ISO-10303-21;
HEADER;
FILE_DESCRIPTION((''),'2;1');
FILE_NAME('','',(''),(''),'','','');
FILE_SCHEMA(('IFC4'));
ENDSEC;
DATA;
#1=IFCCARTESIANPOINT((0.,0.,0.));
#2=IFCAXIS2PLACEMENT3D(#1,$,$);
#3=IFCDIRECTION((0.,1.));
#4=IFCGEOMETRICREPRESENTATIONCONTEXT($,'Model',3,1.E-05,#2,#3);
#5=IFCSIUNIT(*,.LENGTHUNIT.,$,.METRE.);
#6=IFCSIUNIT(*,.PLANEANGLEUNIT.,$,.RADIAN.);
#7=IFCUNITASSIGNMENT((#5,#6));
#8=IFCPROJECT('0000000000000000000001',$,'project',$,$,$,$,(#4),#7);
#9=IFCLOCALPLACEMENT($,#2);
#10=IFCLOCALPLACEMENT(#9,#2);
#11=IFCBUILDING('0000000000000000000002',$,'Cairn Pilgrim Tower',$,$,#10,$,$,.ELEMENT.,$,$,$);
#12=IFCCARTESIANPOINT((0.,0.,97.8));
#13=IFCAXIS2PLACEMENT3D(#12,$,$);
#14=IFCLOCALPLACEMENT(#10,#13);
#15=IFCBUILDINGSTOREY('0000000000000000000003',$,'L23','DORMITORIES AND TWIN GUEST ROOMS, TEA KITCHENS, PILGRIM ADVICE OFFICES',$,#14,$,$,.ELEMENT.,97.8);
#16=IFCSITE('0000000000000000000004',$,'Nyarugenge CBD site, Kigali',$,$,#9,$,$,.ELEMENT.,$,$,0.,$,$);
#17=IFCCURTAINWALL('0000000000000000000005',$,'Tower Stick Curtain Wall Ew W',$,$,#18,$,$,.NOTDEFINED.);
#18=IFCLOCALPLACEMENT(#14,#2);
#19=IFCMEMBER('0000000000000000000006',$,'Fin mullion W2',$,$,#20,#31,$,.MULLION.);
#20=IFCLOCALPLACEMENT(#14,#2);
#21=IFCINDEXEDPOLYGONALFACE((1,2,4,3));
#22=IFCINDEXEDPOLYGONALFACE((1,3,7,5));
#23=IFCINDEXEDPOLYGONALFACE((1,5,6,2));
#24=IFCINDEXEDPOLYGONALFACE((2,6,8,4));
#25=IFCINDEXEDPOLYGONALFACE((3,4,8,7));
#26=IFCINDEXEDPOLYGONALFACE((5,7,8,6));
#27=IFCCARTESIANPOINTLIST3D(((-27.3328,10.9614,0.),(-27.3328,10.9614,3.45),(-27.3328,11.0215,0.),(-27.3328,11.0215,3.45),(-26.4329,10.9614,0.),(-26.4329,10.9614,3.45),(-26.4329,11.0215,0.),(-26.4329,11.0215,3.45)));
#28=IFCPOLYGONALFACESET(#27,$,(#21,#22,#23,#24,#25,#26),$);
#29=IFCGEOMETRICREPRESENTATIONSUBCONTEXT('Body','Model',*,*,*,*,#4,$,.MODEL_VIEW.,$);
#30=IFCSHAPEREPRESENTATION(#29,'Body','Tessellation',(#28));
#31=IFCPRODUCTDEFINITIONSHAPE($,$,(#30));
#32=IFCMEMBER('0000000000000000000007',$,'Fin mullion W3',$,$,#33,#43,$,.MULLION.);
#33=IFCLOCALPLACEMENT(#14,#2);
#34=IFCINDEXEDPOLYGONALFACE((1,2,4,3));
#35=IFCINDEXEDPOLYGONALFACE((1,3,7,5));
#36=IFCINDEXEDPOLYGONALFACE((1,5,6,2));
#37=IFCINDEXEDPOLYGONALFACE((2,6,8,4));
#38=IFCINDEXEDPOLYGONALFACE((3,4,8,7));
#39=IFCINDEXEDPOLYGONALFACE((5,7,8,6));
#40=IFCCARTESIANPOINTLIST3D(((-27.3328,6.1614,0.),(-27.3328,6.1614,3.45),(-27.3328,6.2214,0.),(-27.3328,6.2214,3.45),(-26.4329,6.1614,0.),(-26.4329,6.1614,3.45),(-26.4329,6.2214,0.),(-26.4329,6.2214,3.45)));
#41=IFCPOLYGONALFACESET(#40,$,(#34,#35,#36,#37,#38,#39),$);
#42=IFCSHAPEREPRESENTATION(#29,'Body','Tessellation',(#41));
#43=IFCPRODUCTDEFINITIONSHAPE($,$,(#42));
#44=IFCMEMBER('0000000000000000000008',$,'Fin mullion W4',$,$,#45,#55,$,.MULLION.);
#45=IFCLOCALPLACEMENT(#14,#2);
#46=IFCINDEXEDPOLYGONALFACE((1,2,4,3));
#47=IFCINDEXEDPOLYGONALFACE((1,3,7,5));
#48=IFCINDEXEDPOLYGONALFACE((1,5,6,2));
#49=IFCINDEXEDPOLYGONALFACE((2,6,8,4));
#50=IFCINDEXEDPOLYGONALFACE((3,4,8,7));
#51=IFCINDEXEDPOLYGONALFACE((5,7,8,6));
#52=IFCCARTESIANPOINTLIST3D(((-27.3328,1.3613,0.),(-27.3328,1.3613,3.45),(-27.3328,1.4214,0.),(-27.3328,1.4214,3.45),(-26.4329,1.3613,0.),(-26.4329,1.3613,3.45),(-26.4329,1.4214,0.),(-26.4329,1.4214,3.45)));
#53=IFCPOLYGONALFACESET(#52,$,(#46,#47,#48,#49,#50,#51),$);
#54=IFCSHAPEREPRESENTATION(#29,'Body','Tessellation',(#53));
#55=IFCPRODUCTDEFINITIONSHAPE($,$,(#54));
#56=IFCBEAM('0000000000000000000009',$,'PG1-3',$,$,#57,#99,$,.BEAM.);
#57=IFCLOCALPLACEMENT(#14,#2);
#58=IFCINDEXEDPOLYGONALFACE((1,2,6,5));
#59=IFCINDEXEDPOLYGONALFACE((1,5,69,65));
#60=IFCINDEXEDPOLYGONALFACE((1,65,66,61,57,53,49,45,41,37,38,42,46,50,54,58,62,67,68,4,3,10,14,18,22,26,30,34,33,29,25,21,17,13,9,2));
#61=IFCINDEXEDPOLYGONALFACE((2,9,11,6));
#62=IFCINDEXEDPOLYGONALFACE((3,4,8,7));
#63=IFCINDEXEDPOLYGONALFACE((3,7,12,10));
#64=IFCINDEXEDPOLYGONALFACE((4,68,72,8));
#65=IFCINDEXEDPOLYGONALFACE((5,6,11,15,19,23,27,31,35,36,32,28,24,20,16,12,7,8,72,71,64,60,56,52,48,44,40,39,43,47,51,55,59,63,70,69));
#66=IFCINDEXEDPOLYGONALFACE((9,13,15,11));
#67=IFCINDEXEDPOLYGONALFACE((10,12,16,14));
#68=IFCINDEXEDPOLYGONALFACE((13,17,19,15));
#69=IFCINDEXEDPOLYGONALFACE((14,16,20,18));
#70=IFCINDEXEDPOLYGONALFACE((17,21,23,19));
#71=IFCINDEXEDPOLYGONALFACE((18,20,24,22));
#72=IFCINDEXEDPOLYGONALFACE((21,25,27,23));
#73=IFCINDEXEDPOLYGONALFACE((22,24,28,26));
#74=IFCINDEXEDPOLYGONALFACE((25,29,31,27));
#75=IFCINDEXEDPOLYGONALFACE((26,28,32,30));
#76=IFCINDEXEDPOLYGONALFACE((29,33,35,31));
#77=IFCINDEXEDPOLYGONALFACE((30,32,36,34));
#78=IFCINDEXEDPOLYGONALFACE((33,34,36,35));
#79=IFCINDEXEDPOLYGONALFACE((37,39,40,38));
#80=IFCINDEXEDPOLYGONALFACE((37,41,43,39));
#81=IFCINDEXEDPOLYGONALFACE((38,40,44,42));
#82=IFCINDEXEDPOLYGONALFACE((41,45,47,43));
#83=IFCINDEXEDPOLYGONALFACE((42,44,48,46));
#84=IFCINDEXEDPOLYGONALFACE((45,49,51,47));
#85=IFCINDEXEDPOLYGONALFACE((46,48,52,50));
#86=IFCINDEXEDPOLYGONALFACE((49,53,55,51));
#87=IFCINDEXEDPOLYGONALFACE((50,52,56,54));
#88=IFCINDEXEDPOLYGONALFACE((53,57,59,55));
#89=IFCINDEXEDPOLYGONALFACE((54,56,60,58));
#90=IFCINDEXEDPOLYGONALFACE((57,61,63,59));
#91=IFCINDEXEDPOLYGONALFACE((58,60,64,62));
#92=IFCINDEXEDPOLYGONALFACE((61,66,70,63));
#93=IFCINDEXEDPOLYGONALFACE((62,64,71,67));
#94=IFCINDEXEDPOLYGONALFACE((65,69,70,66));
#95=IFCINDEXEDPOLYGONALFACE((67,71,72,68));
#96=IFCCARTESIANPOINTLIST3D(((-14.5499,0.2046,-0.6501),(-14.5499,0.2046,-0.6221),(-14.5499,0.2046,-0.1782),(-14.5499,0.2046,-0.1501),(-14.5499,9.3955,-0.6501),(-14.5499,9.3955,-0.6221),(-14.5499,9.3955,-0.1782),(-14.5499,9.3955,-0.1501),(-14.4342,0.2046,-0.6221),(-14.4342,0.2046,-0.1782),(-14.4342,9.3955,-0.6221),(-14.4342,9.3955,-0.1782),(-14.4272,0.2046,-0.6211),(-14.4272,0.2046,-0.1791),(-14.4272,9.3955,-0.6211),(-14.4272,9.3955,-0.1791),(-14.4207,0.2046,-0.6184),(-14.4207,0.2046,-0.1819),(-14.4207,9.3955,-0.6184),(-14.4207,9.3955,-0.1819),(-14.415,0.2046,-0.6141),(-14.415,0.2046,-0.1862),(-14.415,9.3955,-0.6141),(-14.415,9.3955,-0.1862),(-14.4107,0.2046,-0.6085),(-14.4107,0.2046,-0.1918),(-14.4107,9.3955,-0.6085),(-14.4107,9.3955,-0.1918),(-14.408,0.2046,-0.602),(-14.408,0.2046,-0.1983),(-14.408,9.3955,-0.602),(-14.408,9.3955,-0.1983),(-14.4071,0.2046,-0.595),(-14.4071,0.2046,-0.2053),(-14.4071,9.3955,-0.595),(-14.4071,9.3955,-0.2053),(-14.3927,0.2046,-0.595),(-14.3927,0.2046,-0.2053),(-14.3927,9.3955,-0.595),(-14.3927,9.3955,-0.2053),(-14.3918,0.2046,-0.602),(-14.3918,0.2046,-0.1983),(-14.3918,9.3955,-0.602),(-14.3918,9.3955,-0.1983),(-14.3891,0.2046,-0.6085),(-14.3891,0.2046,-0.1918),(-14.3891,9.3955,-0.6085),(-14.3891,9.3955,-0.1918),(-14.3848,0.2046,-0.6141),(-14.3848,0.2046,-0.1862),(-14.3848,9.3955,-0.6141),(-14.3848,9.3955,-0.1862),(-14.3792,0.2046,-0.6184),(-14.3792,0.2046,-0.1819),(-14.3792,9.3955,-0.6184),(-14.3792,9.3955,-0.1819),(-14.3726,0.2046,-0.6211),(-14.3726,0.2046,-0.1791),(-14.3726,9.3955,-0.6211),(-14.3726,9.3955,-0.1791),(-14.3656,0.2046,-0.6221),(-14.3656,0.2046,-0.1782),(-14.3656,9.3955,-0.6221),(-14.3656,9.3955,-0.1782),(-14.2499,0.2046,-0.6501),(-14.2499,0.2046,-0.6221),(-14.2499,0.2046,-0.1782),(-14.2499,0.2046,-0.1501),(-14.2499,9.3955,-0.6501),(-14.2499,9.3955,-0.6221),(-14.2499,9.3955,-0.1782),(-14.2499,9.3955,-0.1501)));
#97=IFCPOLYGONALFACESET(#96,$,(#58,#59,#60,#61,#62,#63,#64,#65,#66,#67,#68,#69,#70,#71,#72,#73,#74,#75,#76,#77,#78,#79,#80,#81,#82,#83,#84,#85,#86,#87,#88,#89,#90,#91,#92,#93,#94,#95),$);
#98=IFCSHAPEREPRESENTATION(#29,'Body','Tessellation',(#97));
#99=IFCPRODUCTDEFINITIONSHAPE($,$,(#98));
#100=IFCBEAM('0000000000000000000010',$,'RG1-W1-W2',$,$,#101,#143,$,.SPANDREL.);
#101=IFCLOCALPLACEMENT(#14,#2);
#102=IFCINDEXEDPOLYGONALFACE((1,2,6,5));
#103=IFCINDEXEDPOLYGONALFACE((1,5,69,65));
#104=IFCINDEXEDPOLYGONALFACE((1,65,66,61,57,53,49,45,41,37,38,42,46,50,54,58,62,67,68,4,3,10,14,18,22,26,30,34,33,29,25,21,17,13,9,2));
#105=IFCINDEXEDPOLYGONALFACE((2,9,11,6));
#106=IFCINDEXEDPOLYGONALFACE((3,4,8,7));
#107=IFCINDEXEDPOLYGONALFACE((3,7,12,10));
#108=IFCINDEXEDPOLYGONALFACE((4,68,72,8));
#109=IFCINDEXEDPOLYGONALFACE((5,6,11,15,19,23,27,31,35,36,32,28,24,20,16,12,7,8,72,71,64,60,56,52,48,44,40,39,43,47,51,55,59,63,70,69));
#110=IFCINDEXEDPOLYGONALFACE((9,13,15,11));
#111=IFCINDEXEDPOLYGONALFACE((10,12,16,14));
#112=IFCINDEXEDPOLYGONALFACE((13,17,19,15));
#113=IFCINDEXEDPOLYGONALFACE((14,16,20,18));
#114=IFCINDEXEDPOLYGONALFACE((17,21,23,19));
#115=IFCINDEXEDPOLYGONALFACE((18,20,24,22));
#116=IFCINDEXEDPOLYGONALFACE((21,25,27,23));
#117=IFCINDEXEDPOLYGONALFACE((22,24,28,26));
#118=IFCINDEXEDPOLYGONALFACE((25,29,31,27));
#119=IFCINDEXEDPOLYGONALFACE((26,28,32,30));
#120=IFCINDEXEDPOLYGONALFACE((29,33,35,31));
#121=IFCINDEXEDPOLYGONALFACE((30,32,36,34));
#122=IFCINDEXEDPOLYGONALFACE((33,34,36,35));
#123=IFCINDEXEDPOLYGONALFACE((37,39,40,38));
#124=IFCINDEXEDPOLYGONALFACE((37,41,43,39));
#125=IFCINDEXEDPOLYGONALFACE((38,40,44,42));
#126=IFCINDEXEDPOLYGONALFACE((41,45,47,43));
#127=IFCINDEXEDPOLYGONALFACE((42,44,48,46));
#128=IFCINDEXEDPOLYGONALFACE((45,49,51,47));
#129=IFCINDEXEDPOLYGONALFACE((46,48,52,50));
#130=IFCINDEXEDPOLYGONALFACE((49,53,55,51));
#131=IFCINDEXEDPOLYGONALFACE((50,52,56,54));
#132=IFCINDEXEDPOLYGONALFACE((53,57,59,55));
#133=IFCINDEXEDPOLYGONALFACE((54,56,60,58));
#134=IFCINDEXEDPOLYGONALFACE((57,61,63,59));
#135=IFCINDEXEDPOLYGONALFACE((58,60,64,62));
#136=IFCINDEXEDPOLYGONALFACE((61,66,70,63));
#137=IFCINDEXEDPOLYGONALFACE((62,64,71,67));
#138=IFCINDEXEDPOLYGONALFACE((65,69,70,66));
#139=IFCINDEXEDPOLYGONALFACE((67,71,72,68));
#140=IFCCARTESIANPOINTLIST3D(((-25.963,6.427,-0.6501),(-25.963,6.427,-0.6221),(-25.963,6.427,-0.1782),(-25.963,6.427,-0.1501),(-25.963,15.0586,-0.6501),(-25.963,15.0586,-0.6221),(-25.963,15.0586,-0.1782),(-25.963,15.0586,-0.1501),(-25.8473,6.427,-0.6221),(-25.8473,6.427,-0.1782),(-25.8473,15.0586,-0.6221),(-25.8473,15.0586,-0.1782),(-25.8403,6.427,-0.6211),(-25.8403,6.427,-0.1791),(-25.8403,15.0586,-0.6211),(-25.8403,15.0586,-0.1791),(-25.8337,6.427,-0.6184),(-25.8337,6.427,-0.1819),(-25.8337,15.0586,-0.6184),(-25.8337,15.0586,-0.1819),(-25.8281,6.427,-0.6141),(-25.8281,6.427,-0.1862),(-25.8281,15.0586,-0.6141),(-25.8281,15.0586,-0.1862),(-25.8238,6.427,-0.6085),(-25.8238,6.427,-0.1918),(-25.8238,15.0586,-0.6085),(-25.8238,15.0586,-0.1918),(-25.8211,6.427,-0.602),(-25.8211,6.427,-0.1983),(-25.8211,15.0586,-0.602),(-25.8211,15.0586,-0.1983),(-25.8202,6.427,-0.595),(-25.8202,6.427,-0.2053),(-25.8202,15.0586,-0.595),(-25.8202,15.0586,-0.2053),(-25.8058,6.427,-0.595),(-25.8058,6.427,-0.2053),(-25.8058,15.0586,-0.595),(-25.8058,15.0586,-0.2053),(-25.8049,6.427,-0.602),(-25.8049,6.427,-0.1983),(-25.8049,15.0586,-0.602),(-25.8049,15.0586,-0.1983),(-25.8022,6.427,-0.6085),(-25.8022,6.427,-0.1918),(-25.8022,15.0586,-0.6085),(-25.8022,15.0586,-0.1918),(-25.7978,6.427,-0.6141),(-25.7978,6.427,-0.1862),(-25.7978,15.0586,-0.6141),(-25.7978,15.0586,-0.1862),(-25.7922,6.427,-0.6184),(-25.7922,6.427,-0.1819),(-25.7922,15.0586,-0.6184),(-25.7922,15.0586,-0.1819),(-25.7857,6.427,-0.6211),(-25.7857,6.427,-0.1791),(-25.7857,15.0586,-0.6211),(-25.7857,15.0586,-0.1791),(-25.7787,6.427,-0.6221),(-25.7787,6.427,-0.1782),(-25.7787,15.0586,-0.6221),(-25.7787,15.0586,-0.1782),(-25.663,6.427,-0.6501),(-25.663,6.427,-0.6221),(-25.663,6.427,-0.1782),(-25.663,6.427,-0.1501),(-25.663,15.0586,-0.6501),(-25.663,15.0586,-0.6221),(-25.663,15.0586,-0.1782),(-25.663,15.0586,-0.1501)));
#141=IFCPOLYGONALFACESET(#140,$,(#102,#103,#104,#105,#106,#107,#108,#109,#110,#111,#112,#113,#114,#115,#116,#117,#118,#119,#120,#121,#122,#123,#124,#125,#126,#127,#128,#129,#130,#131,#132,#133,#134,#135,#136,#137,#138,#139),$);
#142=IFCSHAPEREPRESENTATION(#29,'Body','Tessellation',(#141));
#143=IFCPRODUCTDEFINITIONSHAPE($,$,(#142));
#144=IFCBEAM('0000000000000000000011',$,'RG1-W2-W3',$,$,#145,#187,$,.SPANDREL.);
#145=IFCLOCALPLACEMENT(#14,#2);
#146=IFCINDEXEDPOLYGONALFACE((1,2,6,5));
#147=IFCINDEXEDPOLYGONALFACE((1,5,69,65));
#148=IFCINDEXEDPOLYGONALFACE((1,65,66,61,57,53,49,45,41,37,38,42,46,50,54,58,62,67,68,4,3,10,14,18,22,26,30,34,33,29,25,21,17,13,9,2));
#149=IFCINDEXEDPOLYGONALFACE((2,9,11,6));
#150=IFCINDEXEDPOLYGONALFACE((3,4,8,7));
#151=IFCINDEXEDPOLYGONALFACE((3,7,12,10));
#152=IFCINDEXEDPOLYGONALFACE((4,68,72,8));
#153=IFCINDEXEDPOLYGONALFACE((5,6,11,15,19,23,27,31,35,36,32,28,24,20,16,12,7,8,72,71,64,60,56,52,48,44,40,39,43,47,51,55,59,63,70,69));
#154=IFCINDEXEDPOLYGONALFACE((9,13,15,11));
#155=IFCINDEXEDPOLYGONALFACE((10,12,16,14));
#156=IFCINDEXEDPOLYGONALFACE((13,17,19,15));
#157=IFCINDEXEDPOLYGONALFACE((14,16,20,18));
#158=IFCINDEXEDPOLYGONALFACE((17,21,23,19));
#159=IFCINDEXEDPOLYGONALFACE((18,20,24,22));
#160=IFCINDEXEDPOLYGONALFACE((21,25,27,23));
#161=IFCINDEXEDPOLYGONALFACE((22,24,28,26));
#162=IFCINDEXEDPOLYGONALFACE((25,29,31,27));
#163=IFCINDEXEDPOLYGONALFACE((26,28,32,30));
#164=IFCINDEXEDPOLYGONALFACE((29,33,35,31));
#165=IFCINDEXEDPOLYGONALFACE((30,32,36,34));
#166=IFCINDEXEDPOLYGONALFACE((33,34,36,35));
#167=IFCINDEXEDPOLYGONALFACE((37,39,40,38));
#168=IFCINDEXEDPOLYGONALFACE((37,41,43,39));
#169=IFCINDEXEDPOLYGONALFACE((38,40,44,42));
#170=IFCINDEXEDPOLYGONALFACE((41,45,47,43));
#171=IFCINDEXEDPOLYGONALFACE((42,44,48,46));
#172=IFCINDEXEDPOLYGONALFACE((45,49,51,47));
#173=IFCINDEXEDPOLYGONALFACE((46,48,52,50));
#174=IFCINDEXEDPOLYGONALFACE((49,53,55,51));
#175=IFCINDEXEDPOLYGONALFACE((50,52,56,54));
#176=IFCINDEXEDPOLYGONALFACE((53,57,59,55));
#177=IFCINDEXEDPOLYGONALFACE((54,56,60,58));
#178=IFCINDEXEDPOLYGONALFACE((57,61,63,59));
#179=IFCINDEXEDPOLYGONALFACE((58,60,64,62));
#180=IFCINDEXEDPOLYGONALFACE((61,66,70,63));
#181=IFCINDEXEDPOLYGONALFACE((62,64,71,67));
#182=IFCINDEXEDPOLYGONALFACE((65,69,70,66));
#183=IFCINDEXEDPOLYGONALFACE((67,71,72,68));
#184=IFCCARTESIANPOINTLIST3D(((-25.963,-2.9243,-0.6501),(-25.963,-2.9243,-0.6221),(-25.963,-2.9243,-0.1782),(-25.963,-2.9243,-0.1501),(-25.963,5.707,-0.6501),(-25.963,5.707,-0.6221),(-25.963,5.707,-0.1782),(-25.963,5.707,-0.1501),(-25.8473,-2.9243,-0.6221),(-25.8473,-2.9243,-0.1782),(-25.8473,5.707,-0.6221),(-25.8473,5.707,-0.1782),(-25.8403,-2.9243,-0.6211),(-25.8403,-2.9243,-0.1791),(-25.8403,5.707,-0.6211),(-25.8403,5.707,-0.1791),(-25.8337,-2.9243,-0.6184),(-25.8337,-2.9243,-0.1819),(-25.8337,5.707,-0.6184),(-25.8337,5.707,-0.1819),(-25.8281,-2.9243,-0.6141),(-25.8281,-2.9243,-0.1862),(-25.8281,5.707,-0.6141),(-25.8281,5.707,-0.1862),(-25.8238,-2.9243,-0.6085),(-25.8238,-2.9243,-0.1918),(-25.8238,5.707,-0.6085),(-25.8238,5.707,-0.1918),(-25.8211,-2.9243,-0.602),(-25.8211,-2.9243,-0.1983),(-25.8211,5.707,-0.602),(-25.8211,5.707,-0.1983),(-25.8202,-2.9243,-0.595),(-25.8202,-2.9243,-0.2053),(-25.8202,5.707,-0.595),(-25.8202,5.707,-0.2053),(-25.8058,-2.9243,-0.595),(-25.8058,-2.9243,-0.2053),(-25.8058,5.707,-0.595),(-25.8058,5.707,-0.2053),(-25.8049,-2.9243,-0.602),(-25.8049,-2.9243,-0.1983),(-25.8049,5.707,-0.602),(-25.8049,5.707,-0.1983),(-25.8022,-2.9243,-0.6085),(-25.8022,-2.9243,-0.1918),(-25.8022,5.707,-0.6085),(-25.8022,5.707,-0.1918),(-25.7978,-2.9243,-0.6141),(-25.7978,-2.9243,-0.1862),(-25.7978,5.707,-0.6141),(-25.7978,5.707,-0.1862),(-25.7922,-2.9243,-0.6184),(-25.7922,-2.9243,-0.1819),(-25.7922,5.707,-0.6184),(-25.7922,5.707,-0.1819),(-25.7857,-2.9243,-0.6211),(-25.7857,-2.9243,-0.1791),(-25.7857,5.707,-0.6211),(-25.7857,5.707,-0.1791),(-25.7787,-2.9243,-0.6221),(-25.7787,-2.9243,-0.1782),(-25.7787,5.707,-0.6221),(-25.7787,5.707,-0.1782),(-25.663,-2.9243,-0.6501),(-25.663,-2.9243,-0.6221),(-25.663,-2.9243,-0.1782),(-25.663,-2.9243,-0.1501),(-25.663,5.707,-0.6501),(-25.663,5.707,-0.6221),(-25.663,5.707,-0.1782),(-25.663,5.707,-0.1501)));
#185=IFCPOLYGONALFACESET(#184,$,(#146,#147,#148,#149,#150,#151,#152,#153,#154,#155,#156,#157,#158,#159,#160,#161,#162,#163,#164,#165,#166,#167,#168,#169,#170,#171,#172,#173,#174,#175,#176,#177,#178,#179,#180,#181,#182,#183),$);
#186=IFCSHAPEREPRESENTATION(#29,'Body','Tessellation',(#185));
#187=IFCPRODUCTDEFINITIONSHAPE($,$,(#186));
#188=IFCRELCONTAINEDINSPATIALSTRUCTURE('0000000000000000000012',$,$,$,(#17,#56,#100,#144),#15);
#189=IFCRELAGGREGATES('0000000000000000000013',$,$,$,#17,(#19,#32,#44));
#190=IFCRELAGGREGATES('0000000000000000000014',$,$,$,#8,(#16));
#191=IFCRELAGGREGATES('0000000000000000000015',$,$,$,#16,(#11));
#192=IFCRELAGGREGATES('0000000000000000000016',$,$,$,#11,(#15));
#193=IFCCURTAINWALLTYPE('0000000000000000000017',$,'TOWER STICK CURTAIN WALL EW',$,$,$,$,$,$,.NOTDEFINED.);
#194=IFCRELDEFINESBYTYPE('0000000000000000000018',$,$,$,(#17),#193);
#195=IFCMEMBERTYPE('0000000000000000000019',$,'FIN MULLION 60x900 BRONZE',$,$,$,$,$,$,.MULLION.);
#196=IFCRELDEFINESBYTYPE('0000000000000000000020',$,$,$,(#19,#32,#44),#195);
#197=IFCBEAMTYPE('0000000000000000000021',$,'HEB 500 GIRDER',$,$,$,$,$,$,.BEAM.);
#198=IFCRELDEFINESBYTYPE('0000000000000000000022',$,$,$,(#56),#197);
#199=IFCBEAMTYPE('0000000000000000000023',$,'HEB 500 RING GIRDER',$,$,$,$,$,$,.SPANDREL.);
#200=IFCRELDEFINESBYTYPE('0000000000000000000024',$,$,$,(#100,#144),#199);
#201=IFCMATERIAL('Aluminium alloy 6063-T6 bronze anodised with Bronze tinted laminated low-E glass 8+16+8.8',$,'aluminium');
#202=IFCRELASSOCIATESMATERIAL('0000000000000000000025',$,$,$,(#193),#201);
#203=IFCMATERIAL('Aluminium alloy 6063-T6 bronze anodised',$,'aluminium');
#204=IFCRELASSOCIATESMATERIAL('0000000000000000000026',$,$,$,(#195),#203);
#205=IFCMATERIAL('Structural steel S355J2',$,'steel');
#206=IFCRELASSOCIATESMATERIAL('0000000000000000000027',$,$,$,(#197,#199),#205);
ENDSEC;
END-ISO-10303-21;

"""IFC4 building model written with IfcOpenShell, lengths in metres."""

from ifc_helpers import new_model, si_unit, direction, frame, origin, origin_2d, place, context, subcontext, project, spatial, rectangle, i_section, extrude, material, material_profile, profile_set, type_object, element, aggregate, save


model = new_model("IFC4")

# Units and contexts
model_context = context("Model", 3, precision=1e-05, world=origin(), true_north=direction((0.0, 1.0)))
body_context = subcontext(model_context, "Body", "Model", "MODEL_VIEW")
ifc_project = project(units=[si_unit("LENGTHUNIT", "METRE"), si_unit("PLANEANGLEUNIT", "RADIAN")], contexts=[model_context])

# Site, building, storey
site_placement = place(None, origin())
site = spatial("IfcSite", under=ifc_project, at=site_placement, Name="Nyarugenge CBD site, Kigali", CompositionType="ELEMENT", RefElevation=0.0)
building_placement = place(site_placement, origin())
building = spatial("IfcBuilding", under=site, at=building_placement, Name="Cairn Pilgrim Tower", CompositionType="ELEMENT")
storey_placement = place(building_placement, frame((0.0, 0.0, 97.8)))
storey = spatial("IfcBuildingStorey", under=building, at=storey_placement, Name="L23", Description="DORMITORIES AND TWIN GUEST ROOMS, TEA KITCHENS, PILGRIM ADVICE OFFICES", CompositionType="ELEMENT", Elevation=97.8)

# Curtain wall, members
ifc_material_1 = material(Name="Aluminium alloy 6063-T6 bronze anodised with Bronze tinted laminated low-E glass 8+16+8.8", Category="aluminium")
curtain_wall_type = type_object("IfcCurtainWallType", Name="TOWER STICK CURTAIN WALL EW", PredefinedType="NOTDEFINED", material=ifc_material_1)
curtain_wall_placement = place(storey_placement, origin())
curtain_wall = element("IfcCurtainWall", 1, at=curtain_wall_placement, inside=storey, type_object=curtain_wall_type, Name="Tower Stick Curtain Wall Ew W", PredefinedType="NOTDEFINED")
ifc_material_2 = material(Name="Aluminium alloy 6063-T6 bronze anodised", Category="aluminium")
ifc_material_profile_1 = material_profile(ifc_material_2, rectangle(XDim=0.8999, YDim=0.0601, at=origin_2d()), Name="FIN MULLION 60x900 BRONZE")
ifc_profile_set_1 = profile_set([ifc_material_profile_1], Name="Aluminium alloy 6063-T6 bronze anodised")
member_type_1 = type_object("IfcMemberType", Name="FIN MULLION 60x900 BRONZE", PredefinedType="MULLION", material=ifc_profile_set_1)
member_1_placement = place(storey_placement, frame((-26.8828, 10.9915, 0.0), z_axis=(0.0, 0.0, 1.0), x_axis=(-1.0, 0.0, 0.0)))
member_1 = element("IfcMember", 2, at=member_1_placement, type_object=member_type_1, Name="Fin mullion W2", PredefinedType="MULLION", context=body_context, shape_type="SweptSolid", body=[
    extrude(rectangle(XDim=0.8999, YDim=0.0601, at=origin_2d()), origin(), (0.0, 0.0, 1.0), 3.45),
])
member_2_placement = place(storey_placement, frame((-26.8828, 6.1914, 0.0), z_axis=(0.0, 0.0, 1.0), x_axis=(-1.0, 0.0, 0.0)))
member_2 = element("IfcMember", 3, at=member_2_placement, type_object=member_type_1, Name="Fin mullion W3", PredefinedType="MULLION", context=body_context, shape_type="SweptSolid", body=[
    extrude(rectangle(XDim=0.8999, YDim=0.0601, at=origin_2d()), origin(), (0.0, 0.0, 1.0), 3.45),
])
member_3_placement = place(storey_placement, frame((-26.8828, 1.3914, 0.0), z_axis=(0.0, 0.0, 1.0), x_axis=(-1.0, 0.0, 0.0)))
member_3 = element("IfcMember", 4, at=member_3_placement, type_object=member_type_1, Name="Fin mullion W4", PredefinedType="MULLION", context=body_context, shape_type="SweptSolid", body=[
    extrude(rectangle(XDim=0.8999, YDim=0.0601, at=origin_2d()), origin(), (0.0, 0.0, 1.0), 3.45),
])

# Beams
ifc_material_3 = material(Name="Structural steel S355J2", Category="steel")
ifc_material_profile_2 = material_profile(ifc_material_3, i_section(OverallWidth=0.3, OverallDepth=0.5, WebThickness=0.0144, FlangeThickness=0.0281, FilletRadius=0.0271, at=origin_2d()), Name="HEB 500")
ifc_profile_set_2 = profile_set([ifc_material_profile_2], Name="Structural steel S355J2")
beam_type_1 = type_object("IfcBeamType", Name="HEB 500 GIRDER", PredefinedType="BEAM", material=ifc_profile_set_2)
beam_1_placement = place(storey_placement, frame((-14.3999, 0.2046, -0.4001), z_axis=(0.0, 1.0, 0.0), x_axis=(-1.0, 0.0, 0.0)))
element("IfcBeam", 5, at=beam_1_placement, inside=storey, type_object=beam_type_1, Name="PG1-3", PredefinedType="BEAM", context=body_context, shape_type="SweptSolid", body=[
    extrude(i_section(OverallWidth=0.3, OverallDepth=0.5, WebThickness=0.0144, FlangeThickness=0.0281, FilletRadius=0.0271, at=origin_2d()), origin(), (0.0, 0.0, 1.0), 9.1909),
])
ifc_material_profile_3 = material_profile(ifc_material_3, i_section(OverallWidth=0.3, OverallDepth=0.5, WebThickness=0.0144, FlangeThickness=0.0281, FilletRadius=0.0271, at=origin_2d()), Name="HEB 500")
ifc_profile_set_3 = profile_set([ifc_material_profile_3], Name="Structural steel S355J2")
beam_type_2 = type_object("IfcBeamType", Name="HEB 500 RING GIRDER", PredefinedType="SPANDREL", material=ifc_profile_set_3)
beam_2_placement = place(storey_placement, frame((-25.813, 15.0586, -0.4001), z_axis=(0.0, -1.0, 0.0), x_axis=(1.0, 0.0, 0.0)))
element("IfcBeam", 6, at=beam_2_placement, inside=storey, type_object=beam_type_2, Name="RG1-W1-W2", PredefinedType="SPANDREL", context=body_context, shape_type="SweptSolid", body=[
    extrude(i_section(OverallWidth=0.3, OverallDepth=0.5, WebThickness=0.0144, FlangeThickness=0.0281, FilletRadius=0.0271, at=origin_2d()), origin(), (0.0, 0.0, 1.0), 8.6316),
])
beam_3_placement = place(storey_placement, frame((-25.813, 5.707, -0.4001), z_axis=(0.0, -1.0, 0.0), x_axis=(1.0, 0.0, 0.0)))
element("IfcBeam", 7, at=beam_3_placement, inside=storey, type_object=beam_type_2, Name="RG1-W2-W3", PredefinedType="SPANDREL", context=body_context, shape_type="SweptSolid", body=[
    extrude(i_section(OverallWidth=0.3, OverallDepth=0.5, WebThickness=0.0144, FlangeThickness=0.0281, FilletRadius=0.0271, at=origin_2d()), origin(), (0.0, 0.0, 1.0), 8.6313),
])

aggregate(curtain_wall, [member_1, member_2, member_3])

save(model, "model.ifc")
